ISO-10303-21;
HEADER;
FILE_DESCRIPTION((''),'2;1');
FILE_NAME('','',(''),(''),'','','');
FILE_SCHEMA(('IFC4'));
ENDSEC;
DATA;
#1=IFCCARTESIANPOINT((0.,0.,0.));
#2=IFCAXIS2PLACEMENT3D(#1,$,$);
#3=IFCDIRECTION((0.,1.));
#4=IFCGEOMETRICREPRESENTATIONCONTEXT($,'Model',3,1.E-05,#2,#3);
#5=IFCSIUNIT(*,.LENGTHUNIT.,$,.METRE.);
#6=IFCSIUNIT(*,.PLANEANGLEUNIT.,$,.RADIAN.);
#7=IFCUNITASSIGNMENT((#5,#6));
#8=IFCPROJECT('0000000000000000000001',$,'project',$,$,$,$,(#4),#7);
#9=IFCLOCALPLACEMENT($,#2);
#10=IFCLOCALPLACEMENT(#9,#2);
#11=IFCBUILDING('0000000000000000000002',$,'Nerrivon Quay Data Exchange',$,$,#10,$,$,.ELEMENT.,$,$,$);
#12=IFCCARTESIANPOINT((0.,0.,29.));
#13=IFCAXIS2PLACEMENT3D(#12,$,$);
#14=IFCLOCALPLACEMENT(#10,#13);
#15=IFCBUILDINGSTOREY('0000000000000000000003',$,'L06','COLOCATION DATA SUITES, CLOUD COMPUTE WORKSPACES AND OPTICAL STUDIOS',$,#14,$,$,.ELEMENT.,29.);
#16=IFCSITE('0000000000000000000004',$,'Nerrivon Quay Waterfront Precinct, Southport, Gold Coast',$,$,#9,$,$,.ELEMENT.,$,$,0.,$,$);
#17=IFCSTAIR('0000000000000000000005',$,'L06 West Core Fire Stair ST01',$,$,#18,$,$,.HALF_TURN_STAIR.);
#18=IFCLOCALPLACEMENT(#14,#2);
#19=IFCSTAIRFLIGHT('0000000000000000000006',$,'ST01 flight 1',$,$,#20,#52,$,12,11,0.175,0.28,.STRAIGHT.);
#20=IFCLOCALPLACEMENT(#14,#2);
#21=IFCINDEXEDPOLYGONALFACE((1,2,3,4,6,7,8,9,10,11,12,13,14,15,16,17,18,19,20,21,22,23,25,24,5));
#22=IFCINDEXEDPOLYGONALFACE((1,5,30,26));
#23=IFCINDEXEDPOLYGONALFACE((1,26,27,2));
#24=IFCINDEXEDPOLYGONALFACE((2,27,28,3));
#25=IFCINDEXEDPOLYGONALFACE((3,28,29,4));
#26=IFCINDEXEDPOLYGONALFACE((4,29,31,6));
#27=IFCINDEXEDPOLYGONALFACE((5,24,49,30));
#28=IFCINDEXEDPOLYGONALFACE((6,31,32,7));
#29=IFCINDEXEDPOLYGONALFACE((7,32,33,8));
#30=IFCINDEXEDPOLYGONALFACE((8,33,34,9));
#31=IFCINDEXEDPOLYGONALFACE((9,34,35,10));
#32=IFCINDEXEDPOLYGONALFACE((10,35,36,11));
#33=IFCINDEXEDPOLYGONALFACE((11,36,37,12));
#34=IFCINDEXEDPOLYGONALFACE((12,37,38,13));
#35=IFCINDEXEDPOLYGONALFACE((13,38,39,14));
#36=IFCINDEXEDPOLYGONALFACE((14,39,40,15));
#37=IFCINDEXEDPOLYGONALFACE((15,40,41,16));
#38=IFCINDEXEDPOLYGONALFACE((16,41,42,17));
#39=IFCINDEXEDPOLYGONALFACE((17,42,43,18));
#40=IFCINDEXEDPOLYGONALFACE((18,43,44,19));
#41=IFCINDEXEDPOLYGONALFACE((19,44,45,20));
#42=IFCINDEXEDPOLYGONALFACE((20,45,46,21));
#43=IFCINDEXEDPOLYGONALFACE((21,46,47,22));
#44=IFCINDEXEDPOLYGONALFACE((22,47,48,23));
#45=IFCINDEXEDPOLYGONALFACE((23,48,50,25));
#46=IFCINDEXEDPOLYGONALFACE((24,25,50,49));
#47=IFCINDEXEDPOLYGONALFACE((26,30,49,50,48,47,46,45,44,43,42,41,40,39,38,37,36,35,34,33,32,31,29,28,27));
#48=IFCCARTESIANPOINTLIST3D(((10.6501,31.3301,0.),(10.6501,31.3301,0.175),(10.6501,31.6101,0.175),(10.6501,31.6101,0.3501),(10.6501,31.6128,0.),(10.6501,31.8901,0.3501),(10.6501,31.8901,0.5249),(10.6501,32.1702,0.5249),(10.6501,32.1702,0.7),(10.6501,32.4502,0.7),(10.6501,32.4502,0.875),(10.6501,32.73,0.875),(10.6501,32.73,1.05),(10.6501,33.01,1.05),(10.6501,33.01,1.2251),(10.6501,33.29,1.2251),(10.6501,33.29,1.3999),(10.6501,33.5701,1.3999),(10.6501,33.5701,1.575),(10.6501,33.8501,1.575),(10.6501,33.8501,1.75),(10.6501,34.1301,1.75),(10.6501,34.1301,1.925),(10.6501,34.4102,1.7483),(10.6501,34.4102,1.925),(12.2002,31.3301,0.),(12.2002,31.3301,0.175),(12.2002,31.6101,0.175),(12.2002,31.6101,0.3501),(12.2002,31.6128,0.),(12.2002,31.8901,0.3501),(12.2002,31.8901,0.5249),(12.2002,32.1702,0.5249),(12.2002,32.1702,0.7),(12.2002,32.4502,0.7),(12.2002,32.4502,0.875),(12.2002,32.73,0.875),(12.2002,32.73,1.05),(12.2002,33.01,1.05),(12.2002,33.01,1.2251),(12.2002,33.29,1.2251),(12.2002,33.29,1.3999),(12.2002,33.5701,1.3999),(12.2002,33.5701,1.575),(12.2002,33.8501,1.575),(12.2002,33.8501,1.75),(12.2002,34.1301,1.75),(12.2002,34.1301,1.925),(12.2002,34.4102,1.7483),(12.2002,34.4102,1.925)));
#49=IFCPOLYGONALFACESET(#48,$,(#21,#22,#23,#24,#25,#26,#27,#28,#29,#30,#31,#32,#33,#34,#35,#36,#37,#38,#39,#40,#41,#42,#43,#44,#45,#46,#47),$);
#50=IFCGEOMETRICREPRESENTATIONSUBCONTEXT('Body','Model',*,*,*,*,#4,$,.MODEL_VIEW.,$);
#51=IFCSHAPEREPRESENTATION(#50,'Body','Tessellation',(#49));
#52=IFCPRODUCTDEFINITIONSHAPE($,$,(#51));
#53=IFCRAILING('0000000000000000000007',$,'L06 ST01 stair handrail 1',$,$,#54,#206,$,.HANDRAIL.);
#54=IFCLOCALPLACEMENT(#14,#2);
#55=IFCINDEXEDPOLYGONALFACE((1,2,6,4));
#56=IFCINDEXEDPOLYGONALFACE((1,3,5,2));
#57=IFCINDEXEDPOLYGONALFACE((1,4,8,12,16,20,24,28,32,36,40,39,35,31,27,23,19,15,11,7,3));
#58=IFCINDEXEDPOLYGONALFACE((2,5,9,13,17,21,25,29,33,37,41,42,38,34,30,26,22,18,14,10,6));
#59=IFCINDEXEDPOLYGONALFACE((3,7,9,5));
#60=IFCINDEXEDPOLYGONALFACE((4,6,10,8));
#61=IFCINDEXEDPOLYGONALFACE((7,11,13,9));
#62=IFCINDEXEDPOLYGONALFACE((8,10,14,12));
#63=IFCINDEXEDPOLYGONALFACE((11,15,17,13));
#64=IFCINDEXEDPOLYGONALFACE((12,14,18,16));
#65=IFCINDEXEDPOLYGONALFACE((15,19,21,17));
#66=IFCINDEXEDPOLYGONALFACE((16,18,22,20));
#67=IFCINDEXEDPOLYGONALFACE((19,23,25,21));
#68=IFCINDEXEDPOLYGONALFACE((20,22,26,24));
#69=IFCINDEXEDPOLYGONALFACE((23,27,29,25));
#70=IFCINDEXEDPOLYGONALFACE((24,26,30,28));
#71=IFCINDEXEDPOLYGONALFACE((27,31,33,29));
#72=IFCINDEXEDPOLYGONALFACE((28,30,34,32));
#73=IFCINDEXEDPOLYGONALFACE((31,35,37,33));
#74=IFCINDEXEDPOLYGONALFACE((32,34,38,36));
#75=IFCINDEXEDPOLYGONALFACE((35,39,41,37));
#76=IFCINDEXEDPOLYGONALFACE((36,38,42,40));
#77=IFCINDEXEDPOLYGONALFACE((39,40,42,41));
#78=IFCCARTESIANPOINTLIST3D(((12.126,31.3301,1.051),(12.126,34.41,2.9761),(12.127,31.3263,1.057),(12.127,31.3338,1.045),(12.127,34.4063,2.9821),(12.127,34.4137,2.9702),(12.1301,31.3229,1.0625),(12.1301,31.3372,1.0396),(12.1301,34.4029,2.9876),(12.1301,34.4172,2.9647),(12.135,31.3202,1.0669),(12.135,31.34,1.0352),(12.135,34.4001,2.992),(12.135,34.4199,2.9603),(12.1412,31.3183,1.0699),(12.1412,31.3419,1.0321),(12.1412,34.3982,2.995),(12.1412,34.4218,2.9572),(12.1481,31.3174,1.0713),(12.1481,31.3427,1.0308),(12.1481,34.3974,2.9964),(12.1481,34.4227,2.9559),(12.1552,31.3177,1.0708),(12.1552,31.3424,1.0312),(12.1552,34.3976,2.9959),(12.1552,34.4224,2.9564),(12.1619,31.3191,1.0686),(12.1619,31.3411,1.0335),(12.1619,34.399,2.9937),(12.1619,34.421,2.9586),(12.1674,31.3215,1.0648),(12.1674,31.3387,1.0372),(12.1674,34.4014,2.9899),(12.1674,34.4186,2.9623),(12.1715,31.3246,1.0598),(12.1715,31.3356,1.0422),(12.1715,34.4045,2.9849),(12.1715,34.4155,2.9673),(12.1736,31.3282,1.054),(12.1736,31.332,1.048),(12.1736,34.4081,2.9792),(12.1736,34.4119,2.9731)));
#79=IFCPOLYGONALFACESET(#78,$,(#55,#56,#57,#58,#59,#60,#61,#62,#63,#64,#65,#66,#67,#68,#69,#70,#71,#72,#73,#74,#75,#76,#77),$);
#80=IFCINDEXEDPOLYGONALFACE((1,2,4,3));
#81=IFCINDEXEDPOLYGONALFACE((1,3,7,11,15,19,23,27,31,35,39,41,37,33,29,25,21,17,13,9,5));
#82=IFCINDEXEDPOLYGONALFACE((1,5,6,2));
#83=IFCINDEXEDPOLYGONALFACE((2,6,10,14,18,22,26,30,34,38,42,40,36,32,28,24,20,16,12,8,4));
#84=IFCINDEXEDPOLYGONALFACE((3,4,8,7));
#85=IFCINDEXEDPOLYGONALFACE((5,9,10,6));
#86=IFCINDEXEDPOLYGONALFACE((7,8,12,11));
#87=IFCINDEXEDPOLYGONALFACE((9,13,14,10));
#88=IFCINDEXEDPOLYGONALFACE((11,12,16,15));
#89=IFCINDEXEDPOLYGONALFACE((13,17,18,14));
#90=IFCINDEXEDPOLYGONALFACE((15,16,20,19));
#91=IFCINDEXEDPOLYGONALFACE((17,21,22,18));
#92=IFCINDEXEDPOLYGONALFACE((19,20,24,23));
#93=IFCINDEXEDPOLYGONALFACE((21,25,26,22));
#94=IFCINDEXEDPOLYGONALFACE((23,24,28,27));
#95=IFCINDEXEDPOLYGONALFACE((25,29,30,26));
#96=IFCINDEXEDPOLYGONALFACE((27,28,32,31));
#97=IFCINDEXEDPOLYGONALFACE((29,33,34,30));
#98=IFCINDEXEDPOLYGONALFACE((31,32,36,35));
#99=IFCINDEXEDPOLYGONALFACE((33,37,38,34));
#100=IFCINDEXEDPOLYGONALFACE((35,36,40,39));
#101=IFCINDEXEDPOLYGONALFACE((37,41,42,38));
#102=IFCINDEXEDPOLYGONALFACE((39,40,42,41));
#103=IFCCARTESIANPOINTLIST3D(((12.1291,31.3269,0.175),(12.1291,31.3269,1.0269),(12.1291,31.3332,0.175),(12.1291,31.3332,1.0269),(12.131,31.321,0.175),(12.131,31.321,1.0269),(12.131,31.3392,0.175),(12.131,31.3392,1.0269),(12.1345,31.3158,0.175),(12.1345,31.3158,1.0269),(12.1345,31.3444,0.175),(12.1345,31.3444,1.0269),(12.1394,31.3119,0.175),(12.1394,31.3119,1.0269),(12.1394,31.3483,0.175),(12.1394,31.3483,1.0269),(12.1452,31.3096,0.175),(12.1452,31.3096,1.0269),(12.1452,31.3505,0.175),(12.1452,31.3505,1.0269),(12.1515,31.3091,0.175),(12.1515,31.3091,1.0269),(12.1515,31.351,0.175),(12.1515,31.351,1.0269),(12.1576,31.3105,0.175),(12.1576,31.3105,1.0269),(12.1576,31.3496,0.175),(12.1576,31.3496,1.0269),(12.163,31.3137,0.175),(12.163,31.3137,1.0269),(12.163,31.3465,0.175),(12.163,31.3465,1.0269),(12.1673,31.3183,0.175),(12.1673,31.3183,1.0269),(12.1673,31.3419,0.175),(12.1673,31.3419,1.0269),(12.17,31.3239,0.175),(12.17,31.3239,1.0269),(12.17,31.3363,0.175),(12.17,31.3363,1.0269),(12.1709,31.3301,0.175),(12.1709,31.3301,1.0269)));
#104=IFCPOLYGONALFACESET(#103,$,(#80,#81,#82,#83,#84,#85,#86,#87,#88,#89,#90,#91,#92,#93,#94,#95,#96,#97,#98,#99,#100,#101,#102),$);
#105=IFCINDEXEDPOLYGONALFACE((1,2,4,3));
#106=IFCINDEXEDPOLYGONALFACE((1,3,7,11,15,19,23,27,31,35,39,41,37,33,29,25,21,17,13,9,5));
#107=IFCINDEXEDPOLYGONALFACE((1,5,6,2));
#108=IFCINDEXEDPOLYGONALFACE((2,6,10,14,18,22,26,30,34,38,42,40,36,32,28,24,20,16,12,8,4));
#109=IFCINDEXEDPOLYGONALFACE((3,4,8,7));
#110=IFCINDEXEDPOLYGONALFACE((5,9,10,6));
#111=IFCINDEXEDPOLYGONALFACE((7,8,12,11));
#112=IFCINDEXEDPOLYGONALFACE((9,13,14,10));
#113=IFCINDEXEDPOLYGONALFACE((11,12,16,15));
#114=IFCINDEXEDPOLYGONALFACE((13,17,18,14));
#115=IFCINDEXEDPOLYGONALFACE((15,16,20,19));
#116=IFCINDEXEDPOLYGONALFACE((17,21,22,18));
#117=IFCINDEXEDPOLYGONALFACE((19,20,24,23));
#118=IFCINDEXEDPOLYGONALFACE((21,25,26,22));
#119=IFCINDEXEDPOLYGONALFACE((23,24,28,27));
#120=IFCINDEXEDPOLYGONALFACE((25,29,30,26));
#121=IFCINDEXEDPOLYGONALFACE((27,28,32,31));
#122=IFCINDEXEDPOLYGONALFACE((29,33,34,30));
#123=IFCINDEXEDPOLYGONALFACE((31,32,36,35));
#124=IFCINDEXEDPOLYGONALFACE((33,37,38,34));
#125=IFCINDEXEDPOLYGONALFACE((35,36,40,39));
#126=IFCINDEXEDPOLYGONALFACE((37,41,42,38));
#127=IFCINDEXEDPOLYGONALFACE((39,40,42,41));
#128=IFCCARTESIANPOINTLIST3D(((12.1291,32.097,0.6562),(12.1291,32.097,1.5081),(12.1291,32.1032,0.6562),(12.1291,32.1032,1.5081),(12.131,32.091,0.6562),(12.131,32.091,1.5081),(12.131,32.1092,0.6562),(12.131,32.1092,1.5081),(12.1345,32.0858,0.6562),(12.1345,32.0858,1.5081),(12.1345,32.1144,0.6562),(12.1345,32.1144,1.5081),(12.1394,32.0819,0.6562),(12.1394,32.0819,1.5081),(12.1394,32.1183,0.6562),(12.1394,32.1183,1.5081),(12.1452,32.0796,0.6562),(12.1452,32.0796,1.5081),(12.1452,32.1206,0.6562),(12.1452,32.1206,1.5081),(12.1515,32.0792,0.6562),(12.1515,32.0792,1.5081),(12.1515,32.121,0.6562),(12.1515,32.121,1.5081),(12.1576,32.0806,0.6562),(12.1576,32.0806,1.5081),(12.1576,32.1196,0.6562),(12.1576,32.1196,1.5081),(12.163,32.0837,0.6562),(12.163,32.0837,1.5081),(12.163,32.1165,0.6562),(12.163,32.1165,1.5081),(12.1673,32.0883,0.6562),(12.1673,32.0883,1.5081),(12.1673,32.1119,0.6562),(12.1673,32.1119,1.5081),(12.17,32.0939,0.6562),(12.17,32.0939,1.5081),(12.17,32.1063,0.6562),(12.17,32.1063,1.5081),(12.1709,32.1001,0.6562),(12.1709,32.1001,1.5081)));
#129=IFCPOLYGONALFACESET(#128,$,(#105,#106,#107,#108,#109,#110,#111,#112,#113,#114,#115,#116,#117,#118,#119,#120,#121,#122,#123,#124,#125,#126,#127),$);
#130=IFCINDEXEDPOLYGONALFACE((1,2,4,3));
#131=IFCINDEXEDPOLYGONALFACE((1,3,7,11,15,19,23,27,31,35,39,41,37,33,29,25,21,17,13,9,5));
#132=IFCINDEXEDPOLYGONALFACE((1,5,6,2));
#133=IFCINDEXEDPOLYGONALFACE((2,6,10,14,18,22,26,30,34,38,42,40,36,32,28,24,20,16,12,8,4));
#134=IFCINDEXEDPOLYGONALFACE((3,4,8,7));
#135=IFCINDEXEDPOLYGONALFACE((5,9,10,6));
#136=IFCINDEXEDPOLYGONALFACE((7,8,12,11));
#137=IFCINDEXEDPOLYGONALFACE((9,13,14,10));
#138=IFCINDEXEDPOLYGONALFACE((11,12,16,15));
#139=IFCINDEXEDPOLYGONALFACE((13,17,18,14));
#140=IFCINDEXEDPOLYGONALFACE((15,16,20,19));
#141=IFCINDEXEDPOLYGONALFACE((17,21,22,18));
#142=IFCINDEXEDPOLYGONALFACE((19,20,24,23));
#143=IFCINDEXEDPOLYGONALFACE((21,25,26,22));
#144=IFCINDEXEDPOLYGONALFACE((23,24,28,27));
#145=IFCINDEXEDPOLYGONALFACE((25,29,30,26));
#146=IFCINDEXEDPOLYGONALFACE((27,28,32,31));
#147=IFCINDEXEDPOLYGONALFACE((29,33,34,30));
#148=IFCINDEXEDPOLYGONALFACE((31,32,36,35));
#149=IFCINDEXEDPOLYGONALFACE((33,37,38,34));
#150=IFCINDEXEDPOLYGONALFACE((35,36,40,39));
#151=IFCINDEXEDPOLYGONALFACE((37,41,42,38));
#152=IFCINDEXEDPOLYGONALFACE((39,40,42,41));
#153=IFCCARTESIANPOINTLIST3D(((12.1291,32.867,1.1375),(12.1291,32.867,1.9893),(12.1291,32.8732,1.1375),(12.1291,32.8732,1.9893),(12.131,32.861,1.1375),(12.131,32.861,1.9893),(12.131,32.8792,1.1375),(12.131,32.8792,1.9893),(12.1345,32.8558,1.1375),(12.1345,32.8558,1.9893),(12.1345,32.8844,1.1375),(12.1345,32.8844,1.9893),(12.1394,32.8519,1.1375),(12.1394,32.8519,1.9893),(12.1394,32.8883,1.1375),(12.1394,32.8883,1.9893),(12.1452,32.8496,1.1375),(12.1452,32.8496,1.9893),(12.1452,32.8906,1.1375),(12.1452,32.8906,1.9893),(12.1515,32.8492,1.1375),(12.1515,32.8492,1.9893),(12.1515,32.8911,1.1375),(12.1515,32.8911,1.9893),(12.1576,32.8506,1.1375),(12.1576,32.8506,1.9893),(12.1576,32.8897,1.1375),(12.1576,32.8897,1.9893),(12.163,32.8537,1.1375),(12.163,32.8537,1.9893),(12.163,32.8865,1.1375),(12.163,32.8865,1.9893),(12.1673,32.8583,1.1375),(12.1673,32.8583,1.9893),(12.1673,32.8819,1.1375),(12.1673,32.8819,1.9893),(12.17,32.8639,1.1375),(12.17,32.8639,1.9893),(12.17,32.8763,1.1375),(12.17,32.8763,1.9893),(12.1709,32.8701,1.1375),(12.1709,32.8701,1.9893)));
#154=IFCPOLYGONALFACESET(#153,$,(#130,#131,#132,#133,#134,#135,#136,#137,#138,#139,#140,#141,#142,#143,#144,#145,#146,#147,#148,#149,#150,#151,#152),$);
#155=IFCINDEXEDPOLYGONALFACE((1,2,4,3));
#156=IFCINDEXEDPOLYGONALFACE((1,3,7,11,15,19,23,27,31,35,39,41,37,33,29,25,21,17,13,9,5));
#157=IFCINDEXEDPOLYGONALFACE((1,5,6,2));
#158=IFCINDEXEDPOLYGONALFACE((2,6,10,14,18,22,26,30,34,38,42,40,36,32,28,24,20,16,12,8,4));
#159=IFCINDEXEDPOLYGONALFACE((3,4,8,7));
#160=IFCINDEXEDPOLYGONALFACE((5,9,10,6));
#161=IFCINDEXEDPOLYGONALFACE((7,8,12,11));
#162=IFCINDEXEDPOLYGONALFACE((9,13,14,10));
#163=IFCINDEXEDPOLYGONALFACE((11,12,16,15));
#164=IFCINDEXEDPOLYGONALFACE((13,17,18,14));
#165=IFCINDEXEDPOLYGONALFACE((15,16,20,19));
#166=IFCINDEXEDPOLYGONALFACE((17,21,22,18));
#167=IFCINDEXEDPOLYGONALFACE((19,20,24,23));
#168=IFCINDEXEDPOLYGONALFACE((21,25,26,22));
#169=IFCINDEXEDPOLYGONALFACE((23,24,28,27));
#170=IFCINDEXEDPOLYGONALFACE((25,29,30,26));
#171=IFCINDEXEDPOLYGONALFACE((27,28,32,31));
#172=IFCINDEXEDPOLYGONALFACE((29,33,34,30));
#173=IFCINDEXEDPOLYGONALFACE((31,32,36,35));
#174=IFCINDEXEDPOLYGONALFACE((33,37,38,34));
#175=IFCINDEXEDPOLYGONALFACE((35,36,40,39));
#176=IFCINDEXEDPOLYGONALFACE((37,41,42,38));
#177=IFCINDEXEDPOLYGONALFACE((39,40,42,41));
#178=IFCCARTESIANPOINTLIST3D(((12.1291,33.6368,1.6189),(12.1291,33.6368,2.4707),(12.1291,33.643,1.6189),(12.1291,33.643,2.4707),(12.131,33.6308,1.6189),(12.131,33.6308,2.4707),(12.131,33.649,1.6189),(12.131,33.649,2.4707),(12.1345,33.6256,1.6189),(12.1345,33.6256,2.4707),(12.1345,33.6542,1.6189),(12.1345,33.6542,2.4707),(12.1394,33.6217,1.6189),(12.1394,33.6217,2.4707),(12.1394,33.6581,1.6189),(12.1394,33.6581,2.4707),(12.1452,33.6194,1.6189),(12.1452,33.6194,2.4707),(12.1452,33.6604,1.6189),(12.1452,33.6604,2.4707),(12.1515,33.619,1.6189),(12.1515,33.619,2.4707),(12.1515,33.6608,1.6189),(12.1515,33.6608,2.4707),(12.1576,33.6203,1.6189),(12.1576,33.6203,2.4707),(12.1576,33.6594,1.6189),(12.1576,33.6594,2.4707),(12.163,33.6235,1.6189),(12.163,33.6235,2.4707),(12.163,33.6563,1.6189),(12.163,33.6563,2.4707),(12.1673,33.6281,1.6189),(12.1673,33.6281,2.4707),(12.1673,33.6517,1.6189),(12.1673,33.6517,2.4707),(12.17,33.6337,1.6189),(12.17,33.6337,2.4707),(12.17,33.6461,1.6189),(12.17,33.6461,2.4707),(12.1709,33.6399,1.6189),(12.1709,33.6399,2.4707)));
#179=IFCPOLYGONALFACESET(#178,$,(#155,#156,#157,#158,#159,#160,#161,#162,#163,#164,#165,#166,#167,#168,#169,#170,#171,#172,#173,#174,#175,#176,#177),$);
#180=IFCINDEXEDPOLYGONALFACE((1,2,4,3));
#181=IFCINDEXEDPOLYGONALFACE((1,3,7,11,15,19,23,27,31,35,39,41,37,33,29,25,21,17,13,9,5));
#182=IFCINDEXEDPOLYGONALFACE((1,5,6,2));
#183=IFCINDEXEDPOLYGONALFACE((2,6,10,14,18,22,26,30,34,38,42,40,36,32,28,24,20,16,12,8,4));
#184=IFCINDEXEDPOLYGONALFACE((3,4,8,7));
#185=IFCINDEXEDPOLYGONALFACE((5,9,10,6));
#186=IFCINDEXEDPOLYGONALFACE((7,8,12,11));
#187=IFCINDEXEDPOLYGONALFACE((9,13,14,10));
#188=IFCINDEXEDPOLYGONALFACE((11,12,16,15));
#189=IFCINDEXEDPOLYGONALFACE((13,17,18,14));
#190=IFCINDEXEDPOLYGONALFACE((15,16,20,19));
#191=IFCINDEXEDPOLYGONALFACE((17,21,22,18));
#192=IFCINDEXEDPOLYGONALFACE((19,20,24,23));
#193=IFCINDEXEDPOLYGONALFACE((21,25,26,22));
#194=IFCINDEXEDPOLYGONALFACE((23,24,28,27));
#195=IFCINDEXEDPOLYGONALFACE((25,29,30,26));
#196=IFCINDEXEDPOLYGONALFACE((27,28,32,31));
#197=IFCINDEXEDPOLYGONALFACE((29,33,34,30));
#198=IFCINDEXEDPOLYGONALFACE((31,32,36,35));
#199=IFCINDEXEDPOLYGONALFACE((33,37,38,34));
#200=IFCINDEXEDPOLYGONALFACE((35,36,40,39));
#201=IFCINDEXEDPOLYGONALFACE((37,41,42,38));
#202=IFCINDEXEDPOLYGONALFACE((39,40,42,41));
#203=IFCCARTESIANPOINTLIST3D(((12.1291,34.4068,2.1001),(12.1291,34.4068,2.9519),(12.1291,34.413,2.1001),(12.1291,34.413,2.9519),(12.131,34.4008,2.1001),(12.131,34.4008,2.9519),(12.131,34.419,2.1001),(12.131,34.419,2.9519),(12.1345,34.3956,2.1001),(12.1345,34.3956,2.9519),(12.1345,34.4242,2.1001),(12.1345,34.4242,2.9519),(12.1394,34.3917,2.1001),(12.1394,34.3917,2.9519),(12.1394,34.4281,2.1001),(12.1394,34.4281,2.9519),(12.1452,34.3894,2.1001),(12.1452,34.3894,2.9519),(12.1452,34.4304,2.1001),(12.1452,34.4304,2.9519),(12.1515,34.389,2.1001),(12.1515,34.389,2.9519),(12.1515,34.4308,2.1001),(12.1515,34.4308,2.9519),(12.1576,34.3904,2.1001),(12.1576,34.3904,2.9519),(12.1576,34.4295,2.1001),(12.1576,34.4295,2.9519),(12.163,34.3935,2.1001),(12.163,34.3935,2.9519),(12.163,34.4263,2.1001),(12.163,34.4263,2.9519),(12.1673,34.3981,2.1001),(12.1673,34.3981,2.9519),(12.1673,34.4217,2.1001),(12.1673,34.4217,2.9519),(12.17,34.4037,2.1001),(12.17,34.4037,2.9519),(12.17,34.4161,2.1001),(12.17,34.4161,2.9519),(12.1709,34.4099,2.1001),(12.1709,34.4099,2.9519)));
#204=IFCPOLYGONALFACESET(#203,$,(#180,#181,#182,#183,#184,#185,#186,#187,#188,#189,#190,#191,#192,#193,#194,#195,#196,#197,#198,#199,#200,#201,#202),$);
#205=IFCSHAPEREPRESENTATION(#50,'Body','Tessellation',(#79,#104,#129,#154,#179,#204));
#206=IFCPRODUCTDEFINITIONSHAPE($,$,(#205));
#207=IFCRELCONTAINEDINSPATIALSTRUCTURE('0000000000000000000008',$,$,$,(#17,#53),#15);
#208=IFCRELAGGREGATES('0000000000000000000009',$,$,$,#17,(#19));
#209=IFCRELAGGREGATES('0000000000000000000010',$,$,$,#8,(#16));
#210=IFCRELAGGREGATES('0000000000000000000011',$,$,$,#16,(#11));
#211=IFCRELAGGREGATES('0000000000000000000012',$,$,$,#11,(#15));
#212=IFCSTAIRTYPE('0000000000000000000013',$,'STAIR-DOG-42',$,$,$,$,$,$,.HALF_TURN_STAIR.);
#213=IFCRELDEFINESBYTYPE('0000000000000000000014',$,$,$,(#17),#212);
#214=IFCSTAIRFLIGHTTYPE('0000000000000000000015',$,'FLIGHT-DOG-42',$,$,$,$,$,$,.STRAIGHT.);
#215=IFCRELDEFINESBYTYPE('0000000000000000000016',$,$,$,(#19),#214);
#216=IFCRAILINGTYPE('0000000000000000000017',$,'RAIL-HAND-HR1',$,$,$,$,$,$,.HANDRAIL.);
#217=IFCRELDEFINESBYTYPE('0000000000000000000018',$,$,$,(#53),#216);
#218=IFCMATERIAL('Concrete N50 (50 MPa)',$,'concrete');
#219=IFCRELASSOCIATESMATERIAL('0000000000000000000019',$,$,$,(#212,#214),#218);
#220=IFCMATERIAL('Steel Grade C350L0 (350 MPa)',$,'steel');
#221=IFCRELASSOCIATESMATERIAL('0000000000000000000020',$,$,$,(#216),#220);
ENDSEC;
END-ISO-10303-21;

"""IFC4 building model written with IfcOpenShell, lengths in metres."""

from ifc_helpers import new_model, si_unit, direction, frame, origin, origin_2d, place, context, subcontext, project, spatial, polyline, circle, outline, extrude, material, type_object, element, aggregate, save


model = new_model("IFC4")

# Units and contexts
model_context = context("Model", 3, precision=1e-05, world=origin(), true_north=direction((0.0, 1.0)))
body_context = subcontext(model_context, "Body", "Model", "MODEL_VIEW")
ifc_project = project(units=[si_unit("LENGTHUNIT", "METRE"), si_unit("PLANEANGLEUNIT", "RADIAN")], contexts=[model_context])

# Site, building, storey
site_placement = place(None, origin())
site = spatial("IfcSite", under=ifc_project, at=site_placement, Name="Nerrivon Quay Waterfront Precinct, Southport, Gold Coast", CompositionType="ELEMENT", RefElevation=0.0)
building_placement = place(site_placement, origin())
building = spatial("IfcBuilding", under=site, at=building_placement, Name="Nerrivon Quay Data Exchange", CompositionType="ELEMENT")
storey_placement = place(building_placement, frame((0.0, 0.0, 29.0)))
storey = spatial("IfcBuildingStorey", under=building, at=storey_placement, Name="L06", Description="COLOCATION DATA SUITES, CLOUD COMPUTE WORKSPACES AND OPTICAL STUDIOS", CompositionType="ELEMENT", Elevation=29.0)

# Shared definitions
ifc_material_1 = material(Name="Concrete N50 (50 MPa)", Category="concrete")

# Stair, stair flight
stair_type = type_object("IfcStairType", Name="STAIR-DOG-42", PredefinedType="HALF_TURN_STAIR", material=ifc_material_1)
stair_placement = place(storey_placement, origin())
stair = element("IfcStair", 1, at=stair_placement, inside=storey, type_object=stair_type, Name="L06 West Core Fire Stair ST01", PredefinedType="HALF_TURN_STAIR")
stair_flight_type = type_object("IfcStairFlightType", Name="FLIGHT-DOG-42", PredefinedType="STRAIGHT", material=ifc_material_1)
stair_flight_placement = place(storey_placement, frame((11.425, 31.3301, 0.0), z_axis=(0.0, 0.0, 1.0), x_axis=(0.0, 1.0, 0.0)))
stair_flight = element("IfcStairFlight", 2, at=stair_flight_placement, type_object=stair_flight_type, Name="ST01 flight 1", NumberOfRisers=12, NumberOfTreads=11, PredefinedType="STRAIGHT", RiserHeight=0.175, TreadLength=0.28, context=body_context, shape_type="SweptSolid", body=[
    extrude(outline(polyline([(0.0, 0.0), (0.0, 0.175), (0.28, 0.175), (0.28, 0.3501), (0.5601, 0.3501), (0.5601, 0.5249), (0.8401, 0.5249), (0.8401, 0.7), (1.1201, 0.7), (1.1201, 0.875), (1.3999, 0.875), (1.3999, 1.05), (1.6799, 1.05), (1.6799, 1.2251), (1.96, 1.2251), (1.96, 1.3999), (2.24, 1.3999), (2.24, 1.575), (2.52, 1.575), (2.52, 1.75), (2.8, 1.75), (2.8, 1.925), (3.0801, 1.925), (3.0801, 2.1001), (3.0801, 1.7483), (0.2827, 0.0), (0.0, 0.0)])), frame((0.0, 0.7749, 0.0), z_axis=(0.0, -1.0, 0.0), x_axis=(1.0, 0.0, 0.0)), (0.0, 0.0, 1.0), 1.55),
])
aggregate(stair, [stair_flight])

# Railing
ifc_material_2 = material(Name="Steel Grade C350L0 (350 MPa)", Category="steel")
railing_type_1 = type_object("IfcRailingType", Name="RAIL-HAND-HR1", PredefinedType="HANDRAIL", material=ifc_material_2)
railing_1_placement = place(storey_placement, frame((12.1499, 31.3301, 0.175)))
element("IfcRailing", 3, at=railing_1_placement, inside=storey, type_object=railing_type_1, Name="L06 ST01 stair handrail 1", PredefinedType="HANDRAIL", context=body_context, shape_type="SweptSolid", body=[
    extrude(circle(Radius=0.0239, at=origin_2d()), frame((0.0, 0.0, 0.876), z_axis=(0.0, 0.847979, 0.530029), x_axis=(-1.0, 0.0, 0.0)), (0.0, 0.0, 1.0), 3.6321),
    extrude(circle(Radius=0.021, at=origin_2d()), origin(), (0.0, 0.0, 1.0), 0.8518),
    extrude(circle(Radius=0.021, at=origin_2d()), frame((0.0, 0.77, 0.4812)), (0.0, 0.0, 1.0), 0.8518),
    extrude(circle(Radius=0.021, at=origin_2d()), frame((0.0, 1.54, 0.9624)), (0.0, 0.0, 1.0), 0.8518),
    extrude(circle(Radius=0.021, at=origin_2d()), frame((0.0, 2.3098, 1.4438)), (0.0, 0.0, 1.0), 0.8518),
    extrude(circle(Radius=0.021, at=origin_2d()), frame((0.0, 3.0798, 1.925)), (0.0, 0.0, 1.0), 0.8518),
])

save(model, "model.ifc")
